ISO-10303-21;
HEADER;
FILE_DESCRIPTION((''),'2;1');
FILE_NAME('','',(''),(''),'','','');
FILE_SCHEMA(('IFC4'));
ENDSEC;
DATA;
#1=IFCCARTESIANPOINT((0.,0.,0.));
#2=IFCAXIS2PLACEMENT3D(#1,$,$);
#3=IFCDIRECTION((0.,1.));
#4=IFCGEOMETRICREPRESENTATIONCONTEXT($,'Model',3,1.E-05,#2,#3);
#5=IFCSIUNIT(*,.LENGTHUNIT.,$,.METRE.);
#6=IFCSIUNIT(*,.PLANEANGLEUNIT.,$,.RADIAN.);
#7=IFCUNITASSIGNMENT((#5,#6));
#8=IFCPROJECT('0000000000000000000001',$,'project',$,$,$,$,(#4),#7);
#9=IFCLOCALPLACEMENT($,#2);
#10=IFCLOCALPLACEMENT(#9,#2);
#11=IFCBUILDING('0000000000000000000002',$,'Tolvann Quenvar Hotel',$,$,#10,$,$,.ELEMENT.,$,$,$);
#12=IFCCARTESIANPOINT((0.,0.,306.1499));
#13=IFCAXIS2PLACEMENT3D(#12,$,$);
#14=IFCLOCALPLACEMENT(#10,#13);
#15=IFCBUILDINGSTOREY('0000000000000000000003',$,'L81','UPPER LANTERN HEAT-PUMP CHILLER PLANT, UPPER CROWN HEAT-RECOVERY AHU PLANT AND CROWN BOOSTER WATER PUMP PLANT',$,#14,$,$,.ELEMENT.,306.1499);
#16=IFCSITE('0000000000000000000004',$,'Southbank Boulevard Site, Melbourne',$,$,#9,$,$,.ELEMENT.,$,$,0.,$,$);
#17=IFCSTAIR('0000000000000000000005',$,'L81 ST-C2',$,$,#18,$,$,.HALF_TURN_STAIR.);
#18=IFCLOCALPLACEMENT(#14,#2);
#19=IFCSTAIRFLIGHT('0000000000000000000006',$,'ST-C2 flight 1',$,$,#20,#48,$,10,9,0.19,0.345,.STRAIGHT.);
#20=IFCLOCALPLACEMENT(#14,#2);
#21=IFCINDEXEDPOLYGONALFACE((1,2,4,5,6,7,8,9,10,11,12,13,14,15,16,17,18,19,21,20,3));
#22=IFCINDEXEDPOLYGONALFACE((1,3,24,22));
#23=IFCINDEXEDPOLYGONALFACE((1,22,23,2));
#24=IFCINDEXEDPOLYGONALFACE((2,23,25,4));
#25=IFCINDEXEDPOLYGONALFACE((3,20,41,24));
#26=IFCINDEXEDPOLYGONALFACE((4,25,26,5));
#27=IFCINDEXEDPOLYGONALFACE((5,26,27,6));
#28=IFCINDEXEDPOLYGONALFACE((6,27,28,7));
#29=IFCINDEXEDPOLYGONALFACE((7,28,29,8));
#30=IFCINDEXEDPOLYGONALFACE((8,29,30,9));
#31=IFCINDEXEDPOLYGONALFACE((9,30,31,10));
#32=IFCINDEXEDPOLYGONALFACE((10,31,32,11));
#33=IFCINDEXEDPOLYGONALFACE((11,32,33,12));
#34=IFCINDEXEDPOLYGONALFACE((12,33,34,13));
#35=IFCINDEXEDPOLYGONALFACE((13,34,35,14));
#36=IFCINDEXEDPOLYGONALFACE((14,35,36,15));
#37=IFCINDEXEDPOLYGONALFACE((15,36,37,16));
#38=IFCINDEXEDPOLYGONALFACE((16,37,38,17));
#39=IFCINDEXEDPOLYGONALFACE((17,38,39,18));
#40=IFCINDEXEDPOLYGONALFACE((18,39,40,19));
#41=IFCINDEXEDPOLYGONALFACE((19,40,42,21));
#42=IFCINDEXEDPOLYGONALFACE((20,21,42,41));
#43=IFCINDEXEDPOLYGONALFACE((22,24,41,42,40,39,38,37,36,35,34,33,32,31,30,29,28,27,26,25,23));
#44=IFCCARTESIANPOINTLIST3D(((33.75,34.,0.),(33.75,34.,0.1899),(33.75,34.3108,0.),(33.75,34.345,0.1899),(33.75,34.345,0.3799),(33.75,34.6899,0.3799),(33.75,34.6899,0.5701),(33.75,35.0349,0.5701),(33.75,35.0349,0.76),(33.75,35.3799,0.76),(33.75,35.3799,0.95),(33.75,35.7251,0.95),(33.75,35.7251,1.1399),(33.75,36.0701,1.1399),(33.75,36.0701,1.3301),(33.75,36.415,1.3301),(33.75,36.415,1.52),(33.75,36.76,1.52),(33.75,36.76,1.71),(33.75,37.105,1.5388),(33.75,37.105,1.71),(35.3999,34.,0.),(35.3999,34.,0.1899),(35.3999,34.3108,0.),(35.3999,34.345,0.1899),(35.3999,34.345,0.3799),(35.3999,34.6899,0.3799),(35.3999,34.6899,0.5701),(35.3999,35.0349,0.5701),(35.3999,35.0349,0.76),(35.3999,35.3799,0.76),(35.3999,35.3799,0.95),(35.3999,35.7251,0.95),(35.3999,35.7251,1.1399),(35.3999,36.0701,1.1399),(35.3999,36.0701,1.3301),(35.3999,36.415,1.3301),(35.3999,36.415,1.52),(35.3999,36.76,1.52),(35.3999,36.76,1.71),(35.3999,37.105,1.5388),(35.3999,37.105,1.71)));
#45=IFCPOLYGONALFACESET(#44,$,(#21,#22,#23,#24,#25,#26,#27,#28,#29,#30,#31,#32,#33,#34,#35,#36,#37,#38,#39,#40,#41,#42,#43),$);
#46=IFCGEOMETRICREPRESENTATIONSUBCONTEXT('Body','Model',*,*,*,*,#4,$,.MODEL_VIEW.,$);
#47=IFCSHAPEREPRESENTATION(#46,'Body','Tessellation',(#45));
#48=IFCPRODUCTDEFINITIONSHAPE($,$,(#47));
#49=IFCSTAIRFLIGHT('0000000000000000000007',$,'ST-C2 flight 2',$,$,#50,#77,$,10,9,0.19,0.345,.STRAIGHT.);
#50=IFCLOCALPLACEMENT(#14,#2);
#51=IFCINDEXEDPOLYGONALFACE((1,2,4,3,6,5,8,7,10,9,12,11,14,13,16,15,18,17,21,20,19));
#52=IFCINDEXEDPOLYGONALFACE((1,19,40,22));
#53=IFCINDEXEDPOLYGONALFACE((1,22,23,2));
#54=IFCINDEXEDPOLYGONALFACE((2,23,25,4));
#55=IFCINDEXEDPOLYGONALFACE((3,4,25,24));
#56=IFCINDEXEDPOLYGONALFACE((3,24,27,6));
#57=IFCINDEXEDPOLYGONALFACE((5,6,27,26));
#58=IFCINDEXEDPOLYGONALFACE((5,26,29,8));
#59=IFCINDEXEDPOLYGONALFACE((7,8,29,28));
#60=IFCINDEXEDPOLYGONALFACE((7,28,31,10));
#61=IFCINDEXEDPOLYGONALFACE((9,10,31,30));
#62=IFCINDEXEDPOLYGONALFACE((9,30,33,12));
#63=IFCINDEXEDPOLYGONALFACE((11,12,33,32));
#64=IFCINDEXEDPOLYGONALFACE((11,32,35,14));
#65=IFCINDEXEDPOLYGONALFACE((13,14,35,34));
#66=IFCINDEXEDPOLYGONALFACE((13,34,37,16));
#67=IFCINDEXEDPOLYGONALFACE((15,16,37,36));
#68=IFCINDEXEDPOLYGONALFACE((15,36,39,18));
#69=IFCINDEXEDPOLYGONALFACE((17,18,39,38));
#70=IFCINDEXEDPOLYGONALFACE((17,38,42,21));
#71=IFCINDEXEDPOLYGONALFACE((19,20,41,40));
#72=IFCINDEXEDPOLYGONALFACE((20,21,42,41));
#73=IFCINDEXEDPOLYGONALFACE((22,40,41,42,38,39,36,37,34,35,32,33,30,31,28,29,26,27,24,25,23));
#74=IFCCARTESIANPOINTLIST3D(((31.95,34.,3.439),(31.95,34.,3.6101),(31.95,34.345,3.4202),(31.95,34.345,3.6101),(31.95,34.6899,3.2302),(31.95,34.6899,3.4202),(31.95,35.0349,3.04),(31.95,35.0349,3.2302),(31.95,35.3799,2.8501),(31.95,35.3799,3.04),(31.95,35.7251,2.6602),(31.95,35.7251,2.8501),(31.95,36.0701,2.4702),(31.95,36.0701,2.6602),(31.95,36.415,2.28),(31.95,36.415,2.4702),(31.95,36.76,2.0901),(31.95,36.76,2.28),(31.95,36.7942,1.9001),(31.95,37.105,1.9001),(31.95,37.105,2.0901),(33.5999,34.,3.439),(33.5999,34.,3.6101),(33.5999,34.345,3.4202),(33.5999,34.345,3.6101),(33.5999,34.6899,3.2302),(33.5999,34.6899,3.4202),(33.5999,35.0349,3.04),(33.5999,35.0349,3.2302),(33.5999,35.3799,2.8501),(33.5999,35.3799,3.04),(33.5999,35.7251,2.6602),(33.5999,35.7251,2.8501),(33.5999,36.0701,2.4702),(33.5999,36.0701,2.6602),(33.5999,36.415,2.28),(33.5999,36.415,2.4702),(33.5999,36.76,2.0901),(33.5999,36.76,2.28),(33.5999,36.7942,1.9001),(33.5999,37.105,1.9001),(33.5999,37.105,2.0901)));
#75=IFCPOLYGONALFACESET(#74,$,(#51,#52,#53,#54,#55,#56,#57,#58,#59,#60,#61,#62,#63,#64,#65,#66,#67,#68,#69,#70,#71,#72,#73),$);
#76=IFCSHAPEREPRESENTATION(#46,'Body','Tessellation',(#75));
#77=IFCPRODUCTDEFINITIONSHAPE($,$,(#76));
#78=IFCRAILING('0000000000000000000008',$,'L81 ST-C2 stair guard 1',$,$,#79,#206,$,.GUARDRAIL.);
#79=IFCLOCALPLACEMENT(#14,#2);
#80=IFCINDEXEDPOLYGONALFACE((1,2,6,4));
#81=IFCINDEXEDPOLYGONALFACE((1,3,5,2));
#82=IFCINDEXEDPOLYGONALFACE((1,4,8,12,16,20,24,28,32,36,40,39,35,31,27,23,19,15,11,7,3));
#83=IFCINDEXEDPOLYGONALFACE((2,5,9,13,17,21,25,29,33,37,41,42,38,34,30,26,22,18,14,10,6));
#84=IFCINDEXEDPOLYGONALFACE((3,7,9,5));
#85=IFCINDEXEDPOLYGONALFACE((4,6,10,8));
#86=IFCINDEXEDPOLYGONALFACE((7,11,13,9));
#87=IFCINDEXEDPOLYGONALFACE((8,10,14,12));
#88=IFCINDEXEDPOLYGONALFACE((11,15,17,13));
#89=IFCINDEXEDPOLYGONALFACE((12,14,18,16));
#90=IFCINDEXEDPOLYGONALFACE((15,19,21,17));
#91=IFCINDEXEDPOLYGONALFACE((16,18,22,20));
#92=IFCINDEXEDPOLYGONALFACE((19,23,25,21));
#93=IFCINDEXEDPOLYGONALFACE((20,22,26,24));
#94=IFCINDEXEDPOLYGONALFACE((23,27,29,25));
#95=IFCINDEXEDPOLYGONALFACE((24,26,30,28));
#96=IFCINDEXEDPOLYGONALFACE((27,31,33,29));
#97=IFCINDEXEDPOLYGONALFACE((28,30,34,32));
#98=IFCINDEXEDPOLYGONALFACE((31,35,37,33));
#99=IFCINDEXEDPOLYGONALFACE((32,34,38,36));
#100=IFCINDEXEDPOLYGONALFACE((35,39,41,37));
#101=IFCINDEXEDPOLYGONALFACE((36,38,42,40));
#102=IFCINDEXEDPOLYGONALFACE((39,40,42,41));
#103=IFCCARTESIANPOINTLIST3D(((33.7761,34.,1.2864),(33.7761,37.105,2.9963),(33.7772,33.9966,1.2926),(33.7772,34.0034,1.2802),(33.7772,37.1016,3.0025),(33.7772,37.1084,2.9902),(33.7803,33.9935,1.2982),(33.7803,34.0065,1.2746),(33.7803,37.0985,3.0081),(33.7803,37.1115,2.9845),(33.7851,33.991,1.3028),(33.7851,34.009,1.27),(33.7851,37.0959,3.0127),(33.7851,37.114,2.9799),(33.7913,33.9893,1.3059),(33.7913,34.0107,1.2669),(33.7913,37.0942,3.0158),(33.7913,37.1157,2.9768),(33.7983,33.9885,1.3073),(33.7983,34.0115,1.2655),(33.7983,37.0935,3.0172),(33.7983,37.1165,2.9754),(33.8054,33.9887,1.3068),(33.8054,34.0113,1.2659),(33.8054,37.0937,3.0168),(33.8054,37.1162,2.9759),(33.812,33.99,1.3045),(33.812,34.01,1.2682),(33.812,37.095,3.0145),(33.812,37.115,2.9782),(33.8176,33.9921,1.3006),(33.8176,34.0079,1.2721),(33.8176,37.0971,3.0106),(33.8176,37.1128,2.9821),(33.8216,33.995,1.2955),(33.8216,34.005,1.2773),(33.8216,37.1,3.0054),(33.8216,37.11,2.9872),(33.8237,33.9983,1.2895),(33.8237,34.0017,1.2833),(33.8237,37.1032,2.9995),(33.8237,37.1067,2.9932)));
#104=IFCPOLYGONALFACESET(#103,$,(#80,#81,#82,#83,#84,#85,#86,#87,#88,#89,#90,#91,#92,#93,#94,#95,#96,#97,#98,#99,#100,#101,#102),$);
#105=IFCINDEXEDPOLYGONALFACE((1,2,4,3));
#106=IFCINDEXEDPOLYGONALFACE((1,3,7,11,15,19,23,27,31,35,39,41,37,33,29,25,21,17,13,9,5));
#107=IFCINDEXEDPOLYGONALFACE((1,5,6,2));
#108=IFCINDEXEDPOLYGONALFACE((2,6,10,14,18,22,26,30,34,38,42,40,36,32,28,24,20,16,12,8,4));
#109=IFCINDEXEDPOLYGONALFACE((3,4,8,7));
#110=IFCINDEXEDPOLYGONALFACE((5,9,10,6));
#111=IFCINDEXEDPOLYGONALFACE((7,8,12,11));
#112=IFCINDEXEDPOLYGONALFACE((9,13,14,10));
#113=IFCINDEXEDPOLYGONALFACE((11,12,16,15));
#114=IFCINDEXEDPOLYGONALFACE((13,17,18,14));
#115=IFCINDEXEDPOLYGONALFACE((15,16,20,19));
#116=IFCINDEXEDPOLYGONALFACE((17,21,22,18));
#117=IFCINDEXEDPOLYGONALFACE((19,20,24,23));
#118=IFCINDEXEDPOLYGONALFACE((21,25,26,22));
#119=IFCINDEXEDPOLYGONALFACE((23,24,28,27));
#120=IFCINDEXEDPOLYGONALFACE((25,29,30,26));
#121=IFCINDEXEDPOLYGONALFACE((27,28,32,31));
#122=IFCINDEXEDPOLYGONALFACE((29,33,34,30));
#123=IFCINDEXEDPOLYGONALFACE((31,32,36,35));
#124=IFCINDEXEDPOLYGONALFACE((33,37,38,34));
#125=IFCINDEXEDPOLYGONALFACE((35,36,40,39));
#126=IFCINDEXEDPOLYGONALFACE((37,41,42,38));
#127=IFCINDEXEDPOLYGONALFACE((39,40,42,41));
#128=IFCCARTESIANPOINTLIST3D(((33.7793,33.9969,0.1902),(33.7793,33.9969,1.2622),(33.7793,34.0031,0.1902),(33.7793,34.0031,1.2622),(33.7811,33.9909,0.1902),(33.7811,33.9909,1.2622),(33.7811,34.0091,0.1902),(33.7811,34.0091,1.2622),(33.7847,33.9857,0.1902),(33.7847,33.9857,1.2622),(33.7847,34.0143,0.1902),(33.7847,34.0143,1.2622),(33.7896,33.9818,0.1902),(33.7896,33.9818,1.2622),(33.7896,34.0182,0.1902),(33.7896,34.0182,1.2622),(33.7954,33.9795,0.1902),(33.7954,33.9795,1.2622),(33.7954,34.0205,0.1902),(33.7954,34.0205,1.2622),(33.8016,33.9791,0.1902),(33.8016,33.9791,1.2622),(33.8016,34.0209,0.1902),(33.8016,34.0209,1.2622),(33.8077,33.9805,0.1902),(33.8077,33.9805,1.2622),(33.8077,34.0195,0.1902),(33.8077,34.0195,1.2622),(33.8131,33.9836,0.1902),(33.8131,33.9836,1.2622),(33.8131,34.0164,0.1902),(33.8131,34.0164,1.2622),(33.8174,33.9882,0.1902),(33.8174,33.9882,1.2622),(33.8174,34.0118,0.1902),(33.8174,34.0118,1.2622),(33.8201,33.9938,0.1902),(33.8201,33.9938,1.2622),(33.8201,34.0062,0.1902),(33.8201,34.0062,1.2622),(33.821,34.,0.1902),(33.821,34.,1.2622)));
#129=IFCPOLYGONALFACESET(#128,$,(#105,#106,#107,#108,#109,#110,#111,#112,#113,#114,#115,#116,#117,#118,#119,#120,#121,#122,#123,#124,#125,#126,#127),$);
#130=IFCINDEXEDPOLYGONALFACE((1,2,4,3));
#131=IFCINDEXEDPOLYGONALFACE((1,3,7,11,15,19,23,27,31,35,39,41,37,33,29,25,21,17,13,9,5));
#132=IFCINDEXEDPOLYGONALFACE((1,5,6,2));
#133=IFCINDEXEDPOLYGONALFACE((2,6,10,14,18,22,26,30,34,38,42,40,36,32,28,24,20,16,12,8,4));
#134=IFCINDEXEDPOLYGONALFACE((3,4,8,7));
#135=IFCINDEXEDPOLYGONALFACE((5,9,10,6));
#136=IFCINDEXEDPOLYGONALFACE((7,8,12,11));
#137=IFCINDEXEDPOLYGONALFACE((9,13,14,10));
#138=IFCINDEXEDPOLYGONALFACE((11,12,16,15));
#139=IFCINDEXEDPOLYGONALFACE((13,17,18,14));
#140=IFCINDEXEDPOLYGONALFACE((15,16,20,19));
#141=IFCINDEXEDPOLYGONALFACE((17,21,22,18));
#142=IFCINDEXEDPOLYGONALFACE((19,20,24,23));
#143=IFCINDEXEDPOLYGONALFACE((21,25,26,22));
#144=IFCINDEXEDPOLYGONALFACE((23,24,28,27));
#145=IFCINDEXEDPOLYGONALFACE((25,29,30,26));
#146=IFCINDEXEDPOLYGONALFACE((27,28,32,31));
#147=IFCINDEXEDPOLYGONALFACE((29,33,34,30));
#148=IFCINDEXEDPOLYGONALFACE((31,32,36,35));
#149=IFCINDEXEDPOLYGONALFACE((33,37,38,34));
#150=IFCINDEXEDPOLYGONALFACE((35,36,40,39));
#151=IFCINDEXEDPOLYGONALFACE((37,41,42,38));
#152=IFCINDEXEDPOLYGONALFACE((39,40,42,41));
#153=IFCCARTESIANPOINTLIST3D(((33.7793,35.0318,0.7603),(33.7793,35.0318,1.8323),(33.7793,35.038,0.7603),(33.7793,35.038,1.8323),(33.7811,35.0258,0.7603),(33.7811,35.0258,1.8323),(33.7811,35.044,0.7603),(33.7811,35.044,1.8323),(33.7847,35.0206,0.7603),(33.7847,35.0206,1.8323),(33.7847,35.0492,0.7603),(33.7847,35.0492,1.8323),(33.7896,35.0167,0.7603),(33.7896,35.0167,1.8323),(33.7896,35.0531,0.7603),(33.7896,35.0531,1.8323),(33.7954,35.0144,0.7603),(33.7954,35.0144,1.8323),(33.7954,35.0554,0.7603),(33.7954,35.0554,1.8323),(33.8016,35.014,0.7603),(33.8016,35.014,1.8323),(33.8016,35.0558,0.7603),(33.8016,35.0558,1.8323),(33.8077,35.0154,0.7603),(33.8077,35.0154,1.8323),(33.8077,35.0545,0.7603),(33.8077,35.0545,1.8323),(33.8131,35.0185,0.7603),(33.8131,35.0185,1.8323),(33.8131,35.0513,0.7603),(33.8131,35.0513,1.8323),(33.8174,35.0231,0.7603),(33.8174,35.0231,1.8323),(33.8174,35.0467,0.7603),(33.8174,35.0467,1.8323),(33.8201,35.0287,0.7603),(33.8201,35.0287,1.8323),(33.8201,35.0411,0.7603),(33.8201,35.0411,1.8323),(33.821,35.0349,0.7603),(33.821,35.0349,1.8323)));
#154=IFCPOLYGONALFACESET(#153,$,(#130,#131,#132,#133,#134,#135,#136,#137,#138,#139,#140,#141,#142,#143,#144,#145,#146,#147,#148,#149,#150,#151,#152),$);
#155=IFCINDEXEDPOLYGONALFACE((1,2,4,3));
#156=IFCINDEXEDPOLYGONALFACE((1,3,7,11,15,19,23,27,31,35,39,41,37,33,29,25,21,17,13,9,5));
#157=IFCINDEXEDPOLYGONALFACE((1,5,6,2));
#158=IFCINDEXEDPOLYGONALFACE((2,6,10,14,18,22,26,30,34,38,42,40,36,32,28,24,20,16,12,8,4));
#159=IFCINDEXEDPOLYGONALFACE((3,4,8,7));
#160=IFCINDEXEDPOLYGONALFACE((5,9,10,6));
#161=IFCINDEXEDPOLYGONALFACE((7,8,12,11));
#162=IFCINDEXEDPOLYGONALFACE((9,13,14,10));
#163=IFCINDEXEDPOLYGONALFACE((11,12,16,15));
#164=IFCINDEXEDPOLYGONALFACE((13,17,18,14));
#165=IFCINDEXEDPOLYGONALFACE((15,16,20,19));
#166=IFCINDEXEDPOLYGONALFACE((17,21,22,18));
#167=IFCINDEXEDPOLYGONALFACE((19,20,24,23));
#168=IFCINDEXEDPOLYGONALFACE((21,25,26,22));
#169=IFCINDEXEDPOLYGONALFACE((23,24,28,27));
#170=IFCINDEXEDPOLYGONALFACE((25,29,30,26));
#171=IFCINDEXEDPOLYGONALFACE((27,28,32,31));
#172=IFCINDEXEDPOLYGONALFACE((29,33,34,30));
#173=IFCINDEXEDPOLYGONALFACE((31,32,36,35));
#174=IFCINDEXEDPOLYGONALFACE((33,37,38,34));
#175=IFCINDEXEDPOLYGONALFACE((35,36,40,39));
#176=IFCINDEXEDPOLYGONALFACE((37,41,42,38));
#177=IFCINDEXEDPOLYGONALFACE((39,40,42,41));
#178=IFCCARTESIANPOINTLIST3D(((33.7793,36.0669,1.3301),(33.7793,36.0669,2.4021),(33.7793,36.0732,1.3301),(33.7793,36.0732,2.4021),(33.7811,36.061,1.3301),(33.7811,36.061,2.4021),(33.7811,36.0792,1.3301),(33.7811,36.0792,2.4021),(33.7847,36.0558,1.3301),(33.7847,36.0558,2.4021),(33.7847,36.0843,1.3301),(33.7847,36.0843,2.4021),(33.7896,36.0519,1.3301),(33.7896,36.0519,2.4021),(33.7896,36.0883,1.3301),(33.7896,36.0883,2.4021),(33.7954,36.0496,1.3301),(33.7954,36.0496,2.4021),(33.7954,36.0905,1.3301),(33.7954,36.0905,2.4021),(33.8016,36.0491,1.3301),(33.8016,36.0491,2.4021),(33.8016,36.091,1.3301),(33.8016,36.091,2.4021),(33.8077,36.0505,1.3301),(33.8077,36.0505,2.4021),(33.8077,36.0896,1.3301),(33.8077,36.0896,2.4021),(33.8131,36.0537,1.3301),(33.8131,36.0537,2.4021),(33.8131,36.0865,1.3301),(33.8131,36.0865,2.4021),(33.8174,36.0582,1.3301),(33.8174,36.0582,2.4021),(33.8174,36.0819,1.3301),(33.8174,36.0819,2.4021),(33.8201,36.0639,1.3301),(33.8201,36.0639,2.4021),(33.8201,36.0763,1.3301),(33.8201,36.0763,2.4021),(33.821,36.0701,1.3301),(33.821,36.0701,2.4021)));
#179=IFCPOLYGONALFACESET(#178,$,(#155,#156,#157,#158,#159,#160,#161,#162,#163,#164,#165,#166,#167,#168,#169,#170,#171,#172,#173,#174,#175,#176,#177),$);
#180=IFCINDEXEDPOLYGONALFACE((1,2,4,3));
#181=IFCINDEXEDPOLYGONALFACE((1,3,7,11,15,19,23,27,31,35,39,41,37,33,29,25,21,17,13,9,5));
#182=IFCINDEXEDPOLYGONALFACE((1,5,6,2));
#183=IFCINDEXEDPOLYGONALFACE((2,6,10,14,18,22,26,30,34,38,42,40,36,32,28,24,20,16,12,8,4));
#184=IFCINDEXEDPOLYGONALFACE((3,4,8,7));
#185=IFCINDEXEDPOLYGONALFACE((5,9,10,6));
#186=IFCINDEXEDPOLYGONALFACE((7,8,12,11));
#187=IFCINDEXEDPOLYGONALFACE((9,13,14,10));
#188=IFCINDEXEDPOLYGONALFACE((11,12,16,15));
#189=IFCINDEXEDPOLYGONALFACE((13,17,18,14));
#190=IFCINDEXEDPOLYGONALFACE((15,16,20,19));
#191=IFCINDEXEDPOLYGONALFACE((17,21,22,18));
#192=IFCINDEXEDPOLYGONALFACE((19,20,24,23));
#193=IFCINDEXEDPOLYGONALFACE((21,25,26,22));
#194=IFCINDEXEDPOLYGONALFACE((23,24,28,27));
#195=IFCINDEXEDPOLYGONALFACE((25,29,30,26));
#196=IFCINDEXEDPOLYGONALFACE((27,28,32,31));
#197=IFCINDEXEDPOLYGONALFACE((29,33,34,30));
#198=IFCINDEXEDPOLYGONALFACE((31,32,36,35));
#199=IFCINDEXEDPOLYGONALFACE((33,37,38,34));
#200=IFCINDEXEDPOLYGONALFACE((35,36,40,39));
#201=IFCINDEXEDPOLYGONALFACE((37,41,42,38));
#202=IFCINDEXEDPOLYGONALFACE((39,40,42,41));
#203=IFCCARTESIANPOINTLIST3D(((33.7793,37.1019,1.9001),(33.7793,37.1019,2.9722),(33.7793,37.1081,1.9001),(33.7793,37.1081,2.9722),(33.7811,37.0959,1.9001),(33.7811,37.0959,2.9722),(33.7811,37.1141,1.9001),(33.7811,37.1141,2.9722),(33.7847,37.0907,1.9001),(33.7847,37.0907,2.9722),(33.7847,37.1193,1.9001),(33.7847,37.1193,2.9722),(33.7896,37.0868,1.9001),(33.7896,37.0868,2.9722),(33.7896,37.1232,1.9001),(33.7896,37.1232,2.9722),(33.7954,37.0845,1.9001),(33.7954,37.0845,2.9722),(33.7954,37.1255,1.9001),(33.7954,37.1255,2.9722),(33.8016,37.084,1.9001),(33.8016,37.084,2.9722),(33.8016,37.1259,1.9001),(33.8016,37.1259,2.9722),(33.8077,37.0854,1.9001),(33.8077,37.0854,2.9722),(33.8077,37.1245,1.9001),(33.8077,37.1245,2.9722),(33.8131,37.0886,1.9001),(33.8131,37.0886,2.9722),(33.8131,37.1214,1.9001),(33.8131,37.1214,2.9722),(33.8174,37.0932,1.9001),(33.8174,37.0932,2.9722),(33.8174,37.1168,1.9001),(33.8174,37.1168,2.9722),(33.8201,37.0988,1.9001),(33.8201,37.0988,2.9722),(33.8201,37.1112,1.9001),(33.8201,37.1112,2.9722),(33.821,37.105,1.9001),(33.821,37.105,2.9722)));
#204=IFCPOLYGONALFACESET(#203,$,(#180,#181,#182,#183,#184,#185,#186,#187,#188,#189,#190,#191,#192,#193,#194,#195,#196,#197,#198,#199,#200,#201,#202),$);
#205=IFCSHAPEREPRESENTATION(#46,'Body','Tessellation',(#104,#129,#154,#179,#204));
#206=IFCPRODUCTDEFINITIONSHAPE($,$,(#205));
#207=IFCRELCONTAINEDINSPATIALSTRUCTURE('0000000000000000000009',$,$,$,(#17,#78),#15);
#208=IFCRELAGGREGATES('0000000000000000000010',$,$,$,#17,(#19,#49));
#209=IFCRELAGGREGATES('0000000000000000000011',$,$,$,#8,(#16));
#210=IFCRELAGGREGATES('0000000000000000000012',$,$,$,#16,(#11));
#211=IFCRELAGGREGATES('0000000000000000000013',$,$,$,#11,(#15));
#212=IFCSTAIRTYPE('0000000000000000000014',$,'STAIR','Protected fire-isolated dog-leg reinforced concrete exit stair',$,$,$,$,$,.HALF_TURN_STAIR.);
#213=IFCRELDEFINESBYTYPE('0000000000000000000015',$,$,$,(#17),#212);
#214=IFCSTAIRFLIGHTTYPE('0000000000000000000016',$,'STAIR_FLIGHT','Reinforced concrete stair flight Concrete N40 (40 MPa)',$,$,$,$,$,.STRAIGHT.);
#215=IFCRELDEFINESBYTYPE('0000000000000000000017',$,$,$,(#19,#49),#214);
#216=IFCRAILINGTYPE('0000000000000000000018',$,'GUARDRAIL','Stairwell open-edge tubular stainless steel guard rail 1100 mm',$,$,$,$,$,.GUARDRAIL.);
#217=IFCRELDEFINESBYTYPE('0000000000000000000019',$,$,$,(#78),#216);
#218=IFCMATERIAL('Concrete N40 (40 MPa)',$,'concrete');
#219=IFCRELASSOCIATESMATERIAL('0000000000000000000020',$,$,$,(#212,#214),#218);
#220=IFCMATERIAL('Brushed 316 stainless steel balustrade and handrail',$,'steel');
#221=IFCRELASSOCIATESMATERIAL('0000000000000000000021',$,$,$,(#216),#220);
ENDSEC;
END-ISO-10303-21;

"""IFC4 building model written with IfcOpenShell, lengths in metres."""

from ifc_helpers import new_model, si_unit, direction, frame, origin, origin_2d, place, context, subcontext, project, spatial, polyline, circle, outline, extrude, material, type_object, element, aggregate, save


model = new_model("IFC4")

# Units and contexts
model_context = context("Model", 3, precision=1e-05, world=origin(), true_north=direction((0.0, 1.0)))
body_context = subcontext(model_context, "Body", "Model", "MODEL_VIEW")
ifc_project = project(units=[si_unit("LENGTHUNIT", "METRE"), si_unit("PLANEANGLEUNIT", "RADIAN")], contexts=[model_context])

# Site, building, storey
site_placement = place(None, origin())
site = spatial("IfcSite", under=ifc_project, at=site_placement, Name="Southbank Boulevard Site, Melbourne", CompositionType="ELEMENT", RefElevation=0.0)
building_placement = place(site_placement, origin())
building = spatial("IfcBuilding", under=site, at=building_placement, Name="Tolvann Quenvar Hotel", CompositionType="ELEMENT")
storey_placement = place(building_placement, frame((0.0, 0.0, 306.1499)))
storey = spatial("IfcBuildingStorey", under=building, at=storey_placement, Name="L81", Description="UPPER LANTERN HEAT-PUMP CHILLER PLANT, UPPER CROWN HEAT-RECOVERY AHU PLANT AND CROWN BOOSTER WATER PUMP PLANT", CompositionType="ELEMENT", Elevation=306.1499)

# Shared definitions
ifc_material_1 = material(Name="Concrete N40 (40 MPa)", Category="concrete")

# Stair, stair flights
stair_type = type_object("IfcStairType", Name="STAIR", Description="Protected fire-isolated dog-leg reinforced concrete exit stair", PredefinedType="HALF_TURN_STAIR", material=ifc_material_1)
stair_placement = place(storey_placement, origin())
stair = element("IfcStair", 1, at=stair_placement, inside=storey, type_object=stair_type, Name="L81 ST-C2", PredefinedType="HALF_TURN_STAIR")
stair_flight_type = type_object("IfcStairFlightType", Name="STAIR_FLIGHT", Description="Reinforced concrete stair flight Concrete N40 (40 MPa)", PredefinedType="STRAIGHT", material=ifc_material_1)
stair_flight_1_placement = place(storey_placement, frame((34.575, 34.0, 0.0), z_axis=(0.0, 0.0, 1.0), x_axis=(0.0, 1.0, 0.0)))
stair_flight_1 = element("IfcStairFlight", 2, at=stair_flight_1_placement, type_object=stair_flight_type, Name="ST-C2 flight 1", NumberOfRisers=10, NumberOfTreads=9, PredefinedType="STRAIGHT", RiserHeight=0.19, TreadLength=0.345, context=body_context, shape_type="SweptSolid", body=[
    extrude(outline(polyline([(0.0, 0.0), (0.0, 0.1899), (0.345, 0.1899), (0.345, 0.3799), (0.6899, 0.3799), (0.6899, 0.5701), (1.0349, 0.5701), (1.0349, 0.76), (1.3799, 0.76), (1.3799, 0.95), (1.7251, 0.95), (1.7251, 1.1399), (2.0701, 1.1399), (2.0701, 1.3301), (2.415, 1.3301), (2.415, 1.52), (2.76, 1.52), (2.76, 1.71), (3.105, 1.71), (3.105, 1.8999), (3.105, 1.5388), (0.3108, 0.0), (0.0, 0.0)])), frame((0.0, 0.825, 0.0), z_axis=(0.0, -1.0, 0.0), x_axis=(1.0, 0.0, 0.0)), (0.0, 0.0, 1.0), 1.6499),
])
stair_flight_2_placement = place(storey_placement, frame((32.7749, 37.105, 1.9001), z_axis=(0.0, 0.0, 1.0), x_axis=(0.0, -1.0, 0.0)))
stair_flight_2 = element("IfcStairFlight", 3, at=stair_flight_2_placement, type_object=stair_flight_type, Name="ST-C2 flight 2", NumberOfRisers=10, NumberOfTreads=9, PredefinedType="STRAIGHT", RiserHeight=0.19, TreadLength=0.345, context=body_context, shape_type="SweptSolid", body=[
    extrude(outline(polyline([(0.0, 0.0), (0.0, 0.1899), (0.345, 0.1899), (0.345, 0.3799), (0.6899, 0.3799), (0.6899, 0.5701), (1.0349, 0.5701), (1.0349, 0.76), (1.3799, 0.76), (1.3799, 0.95), (1.7251, 0.95), (1.7251, 1.1399), (2.0701, 1.1399), (2.0701, 1.3301), (2.415, 1.3301), (2.415, 1.52), (2.76, 1.52), (2.76, 1.71), (3.105, 1.71), (3.105, 1.8999), (3.105, 1.5388), (0.3108, 0.0), (0.0, 0.0)])), frame((0.0, 0.825, 0.0), z_axis=(0.0, -1.0, 0.0), x_axis=(1.0, 0.0, 0.0)), (0.0, 0.0, 1.0), 1.6499),
])
aggregate(stair, [stair_flight_1, stair_flight_2])

# Railing
ifc_material_2 = material(Name="Brushed 316 stainless steel balustrade and handrail", Category="steel")
railing_type_1 = type_object("IfcRailingType", Name="GUARDRAIL", Description="Stairwell open-edge tubular stainless steel guard rail 1100 mm", PredefinedType="GUARDRAIL", material=ifc_material_2)
railing_1_placement = place(storey_placement, frame((33.8, 34.0, 0.1902)))
element("IfcRailing", 4, at=railing_1_placement, inside=storey, type_object=railing_type_1, Name="L81 ST-C2 stair guard 1", PredefinedType="GUARDRAIL", context=body_context, shape_type="SweptSolid", body=[
    extrude(circle(Radius=0.0239, at=origin_2d()), frame((0.0, 0.0, 1.0962), z_axis=(0.0, 0.875951, 0.4824), x_axis=(-1.0, 0.0, 0.0)), (0.0, 0.0, 1.0), 3.5447),
    extrude(circle(Radius=0.021, at=origin_2d()), origin(), (0.0, 0.0, 1.0), 1.072),
    extrude(circle(Radius=0.021, at=origin_2d()), frame((0.0, 1.0349, 0.5701)), (0.0, 0.0, 1.0), 1.072),
    extrude(circle(Radius=0.021, at=origin_2d()), frame((0.0, 2.0701, 1.1399)), (0.0, 0.0, 1.0), 1.072),
    extrude(circle(Radius=0.021, at=origin_2d()), frame((0.0, 3.105, 1.71)), (0.0, 0.0, 1.0), 1.072),
])

save(model, "model.ifc")
